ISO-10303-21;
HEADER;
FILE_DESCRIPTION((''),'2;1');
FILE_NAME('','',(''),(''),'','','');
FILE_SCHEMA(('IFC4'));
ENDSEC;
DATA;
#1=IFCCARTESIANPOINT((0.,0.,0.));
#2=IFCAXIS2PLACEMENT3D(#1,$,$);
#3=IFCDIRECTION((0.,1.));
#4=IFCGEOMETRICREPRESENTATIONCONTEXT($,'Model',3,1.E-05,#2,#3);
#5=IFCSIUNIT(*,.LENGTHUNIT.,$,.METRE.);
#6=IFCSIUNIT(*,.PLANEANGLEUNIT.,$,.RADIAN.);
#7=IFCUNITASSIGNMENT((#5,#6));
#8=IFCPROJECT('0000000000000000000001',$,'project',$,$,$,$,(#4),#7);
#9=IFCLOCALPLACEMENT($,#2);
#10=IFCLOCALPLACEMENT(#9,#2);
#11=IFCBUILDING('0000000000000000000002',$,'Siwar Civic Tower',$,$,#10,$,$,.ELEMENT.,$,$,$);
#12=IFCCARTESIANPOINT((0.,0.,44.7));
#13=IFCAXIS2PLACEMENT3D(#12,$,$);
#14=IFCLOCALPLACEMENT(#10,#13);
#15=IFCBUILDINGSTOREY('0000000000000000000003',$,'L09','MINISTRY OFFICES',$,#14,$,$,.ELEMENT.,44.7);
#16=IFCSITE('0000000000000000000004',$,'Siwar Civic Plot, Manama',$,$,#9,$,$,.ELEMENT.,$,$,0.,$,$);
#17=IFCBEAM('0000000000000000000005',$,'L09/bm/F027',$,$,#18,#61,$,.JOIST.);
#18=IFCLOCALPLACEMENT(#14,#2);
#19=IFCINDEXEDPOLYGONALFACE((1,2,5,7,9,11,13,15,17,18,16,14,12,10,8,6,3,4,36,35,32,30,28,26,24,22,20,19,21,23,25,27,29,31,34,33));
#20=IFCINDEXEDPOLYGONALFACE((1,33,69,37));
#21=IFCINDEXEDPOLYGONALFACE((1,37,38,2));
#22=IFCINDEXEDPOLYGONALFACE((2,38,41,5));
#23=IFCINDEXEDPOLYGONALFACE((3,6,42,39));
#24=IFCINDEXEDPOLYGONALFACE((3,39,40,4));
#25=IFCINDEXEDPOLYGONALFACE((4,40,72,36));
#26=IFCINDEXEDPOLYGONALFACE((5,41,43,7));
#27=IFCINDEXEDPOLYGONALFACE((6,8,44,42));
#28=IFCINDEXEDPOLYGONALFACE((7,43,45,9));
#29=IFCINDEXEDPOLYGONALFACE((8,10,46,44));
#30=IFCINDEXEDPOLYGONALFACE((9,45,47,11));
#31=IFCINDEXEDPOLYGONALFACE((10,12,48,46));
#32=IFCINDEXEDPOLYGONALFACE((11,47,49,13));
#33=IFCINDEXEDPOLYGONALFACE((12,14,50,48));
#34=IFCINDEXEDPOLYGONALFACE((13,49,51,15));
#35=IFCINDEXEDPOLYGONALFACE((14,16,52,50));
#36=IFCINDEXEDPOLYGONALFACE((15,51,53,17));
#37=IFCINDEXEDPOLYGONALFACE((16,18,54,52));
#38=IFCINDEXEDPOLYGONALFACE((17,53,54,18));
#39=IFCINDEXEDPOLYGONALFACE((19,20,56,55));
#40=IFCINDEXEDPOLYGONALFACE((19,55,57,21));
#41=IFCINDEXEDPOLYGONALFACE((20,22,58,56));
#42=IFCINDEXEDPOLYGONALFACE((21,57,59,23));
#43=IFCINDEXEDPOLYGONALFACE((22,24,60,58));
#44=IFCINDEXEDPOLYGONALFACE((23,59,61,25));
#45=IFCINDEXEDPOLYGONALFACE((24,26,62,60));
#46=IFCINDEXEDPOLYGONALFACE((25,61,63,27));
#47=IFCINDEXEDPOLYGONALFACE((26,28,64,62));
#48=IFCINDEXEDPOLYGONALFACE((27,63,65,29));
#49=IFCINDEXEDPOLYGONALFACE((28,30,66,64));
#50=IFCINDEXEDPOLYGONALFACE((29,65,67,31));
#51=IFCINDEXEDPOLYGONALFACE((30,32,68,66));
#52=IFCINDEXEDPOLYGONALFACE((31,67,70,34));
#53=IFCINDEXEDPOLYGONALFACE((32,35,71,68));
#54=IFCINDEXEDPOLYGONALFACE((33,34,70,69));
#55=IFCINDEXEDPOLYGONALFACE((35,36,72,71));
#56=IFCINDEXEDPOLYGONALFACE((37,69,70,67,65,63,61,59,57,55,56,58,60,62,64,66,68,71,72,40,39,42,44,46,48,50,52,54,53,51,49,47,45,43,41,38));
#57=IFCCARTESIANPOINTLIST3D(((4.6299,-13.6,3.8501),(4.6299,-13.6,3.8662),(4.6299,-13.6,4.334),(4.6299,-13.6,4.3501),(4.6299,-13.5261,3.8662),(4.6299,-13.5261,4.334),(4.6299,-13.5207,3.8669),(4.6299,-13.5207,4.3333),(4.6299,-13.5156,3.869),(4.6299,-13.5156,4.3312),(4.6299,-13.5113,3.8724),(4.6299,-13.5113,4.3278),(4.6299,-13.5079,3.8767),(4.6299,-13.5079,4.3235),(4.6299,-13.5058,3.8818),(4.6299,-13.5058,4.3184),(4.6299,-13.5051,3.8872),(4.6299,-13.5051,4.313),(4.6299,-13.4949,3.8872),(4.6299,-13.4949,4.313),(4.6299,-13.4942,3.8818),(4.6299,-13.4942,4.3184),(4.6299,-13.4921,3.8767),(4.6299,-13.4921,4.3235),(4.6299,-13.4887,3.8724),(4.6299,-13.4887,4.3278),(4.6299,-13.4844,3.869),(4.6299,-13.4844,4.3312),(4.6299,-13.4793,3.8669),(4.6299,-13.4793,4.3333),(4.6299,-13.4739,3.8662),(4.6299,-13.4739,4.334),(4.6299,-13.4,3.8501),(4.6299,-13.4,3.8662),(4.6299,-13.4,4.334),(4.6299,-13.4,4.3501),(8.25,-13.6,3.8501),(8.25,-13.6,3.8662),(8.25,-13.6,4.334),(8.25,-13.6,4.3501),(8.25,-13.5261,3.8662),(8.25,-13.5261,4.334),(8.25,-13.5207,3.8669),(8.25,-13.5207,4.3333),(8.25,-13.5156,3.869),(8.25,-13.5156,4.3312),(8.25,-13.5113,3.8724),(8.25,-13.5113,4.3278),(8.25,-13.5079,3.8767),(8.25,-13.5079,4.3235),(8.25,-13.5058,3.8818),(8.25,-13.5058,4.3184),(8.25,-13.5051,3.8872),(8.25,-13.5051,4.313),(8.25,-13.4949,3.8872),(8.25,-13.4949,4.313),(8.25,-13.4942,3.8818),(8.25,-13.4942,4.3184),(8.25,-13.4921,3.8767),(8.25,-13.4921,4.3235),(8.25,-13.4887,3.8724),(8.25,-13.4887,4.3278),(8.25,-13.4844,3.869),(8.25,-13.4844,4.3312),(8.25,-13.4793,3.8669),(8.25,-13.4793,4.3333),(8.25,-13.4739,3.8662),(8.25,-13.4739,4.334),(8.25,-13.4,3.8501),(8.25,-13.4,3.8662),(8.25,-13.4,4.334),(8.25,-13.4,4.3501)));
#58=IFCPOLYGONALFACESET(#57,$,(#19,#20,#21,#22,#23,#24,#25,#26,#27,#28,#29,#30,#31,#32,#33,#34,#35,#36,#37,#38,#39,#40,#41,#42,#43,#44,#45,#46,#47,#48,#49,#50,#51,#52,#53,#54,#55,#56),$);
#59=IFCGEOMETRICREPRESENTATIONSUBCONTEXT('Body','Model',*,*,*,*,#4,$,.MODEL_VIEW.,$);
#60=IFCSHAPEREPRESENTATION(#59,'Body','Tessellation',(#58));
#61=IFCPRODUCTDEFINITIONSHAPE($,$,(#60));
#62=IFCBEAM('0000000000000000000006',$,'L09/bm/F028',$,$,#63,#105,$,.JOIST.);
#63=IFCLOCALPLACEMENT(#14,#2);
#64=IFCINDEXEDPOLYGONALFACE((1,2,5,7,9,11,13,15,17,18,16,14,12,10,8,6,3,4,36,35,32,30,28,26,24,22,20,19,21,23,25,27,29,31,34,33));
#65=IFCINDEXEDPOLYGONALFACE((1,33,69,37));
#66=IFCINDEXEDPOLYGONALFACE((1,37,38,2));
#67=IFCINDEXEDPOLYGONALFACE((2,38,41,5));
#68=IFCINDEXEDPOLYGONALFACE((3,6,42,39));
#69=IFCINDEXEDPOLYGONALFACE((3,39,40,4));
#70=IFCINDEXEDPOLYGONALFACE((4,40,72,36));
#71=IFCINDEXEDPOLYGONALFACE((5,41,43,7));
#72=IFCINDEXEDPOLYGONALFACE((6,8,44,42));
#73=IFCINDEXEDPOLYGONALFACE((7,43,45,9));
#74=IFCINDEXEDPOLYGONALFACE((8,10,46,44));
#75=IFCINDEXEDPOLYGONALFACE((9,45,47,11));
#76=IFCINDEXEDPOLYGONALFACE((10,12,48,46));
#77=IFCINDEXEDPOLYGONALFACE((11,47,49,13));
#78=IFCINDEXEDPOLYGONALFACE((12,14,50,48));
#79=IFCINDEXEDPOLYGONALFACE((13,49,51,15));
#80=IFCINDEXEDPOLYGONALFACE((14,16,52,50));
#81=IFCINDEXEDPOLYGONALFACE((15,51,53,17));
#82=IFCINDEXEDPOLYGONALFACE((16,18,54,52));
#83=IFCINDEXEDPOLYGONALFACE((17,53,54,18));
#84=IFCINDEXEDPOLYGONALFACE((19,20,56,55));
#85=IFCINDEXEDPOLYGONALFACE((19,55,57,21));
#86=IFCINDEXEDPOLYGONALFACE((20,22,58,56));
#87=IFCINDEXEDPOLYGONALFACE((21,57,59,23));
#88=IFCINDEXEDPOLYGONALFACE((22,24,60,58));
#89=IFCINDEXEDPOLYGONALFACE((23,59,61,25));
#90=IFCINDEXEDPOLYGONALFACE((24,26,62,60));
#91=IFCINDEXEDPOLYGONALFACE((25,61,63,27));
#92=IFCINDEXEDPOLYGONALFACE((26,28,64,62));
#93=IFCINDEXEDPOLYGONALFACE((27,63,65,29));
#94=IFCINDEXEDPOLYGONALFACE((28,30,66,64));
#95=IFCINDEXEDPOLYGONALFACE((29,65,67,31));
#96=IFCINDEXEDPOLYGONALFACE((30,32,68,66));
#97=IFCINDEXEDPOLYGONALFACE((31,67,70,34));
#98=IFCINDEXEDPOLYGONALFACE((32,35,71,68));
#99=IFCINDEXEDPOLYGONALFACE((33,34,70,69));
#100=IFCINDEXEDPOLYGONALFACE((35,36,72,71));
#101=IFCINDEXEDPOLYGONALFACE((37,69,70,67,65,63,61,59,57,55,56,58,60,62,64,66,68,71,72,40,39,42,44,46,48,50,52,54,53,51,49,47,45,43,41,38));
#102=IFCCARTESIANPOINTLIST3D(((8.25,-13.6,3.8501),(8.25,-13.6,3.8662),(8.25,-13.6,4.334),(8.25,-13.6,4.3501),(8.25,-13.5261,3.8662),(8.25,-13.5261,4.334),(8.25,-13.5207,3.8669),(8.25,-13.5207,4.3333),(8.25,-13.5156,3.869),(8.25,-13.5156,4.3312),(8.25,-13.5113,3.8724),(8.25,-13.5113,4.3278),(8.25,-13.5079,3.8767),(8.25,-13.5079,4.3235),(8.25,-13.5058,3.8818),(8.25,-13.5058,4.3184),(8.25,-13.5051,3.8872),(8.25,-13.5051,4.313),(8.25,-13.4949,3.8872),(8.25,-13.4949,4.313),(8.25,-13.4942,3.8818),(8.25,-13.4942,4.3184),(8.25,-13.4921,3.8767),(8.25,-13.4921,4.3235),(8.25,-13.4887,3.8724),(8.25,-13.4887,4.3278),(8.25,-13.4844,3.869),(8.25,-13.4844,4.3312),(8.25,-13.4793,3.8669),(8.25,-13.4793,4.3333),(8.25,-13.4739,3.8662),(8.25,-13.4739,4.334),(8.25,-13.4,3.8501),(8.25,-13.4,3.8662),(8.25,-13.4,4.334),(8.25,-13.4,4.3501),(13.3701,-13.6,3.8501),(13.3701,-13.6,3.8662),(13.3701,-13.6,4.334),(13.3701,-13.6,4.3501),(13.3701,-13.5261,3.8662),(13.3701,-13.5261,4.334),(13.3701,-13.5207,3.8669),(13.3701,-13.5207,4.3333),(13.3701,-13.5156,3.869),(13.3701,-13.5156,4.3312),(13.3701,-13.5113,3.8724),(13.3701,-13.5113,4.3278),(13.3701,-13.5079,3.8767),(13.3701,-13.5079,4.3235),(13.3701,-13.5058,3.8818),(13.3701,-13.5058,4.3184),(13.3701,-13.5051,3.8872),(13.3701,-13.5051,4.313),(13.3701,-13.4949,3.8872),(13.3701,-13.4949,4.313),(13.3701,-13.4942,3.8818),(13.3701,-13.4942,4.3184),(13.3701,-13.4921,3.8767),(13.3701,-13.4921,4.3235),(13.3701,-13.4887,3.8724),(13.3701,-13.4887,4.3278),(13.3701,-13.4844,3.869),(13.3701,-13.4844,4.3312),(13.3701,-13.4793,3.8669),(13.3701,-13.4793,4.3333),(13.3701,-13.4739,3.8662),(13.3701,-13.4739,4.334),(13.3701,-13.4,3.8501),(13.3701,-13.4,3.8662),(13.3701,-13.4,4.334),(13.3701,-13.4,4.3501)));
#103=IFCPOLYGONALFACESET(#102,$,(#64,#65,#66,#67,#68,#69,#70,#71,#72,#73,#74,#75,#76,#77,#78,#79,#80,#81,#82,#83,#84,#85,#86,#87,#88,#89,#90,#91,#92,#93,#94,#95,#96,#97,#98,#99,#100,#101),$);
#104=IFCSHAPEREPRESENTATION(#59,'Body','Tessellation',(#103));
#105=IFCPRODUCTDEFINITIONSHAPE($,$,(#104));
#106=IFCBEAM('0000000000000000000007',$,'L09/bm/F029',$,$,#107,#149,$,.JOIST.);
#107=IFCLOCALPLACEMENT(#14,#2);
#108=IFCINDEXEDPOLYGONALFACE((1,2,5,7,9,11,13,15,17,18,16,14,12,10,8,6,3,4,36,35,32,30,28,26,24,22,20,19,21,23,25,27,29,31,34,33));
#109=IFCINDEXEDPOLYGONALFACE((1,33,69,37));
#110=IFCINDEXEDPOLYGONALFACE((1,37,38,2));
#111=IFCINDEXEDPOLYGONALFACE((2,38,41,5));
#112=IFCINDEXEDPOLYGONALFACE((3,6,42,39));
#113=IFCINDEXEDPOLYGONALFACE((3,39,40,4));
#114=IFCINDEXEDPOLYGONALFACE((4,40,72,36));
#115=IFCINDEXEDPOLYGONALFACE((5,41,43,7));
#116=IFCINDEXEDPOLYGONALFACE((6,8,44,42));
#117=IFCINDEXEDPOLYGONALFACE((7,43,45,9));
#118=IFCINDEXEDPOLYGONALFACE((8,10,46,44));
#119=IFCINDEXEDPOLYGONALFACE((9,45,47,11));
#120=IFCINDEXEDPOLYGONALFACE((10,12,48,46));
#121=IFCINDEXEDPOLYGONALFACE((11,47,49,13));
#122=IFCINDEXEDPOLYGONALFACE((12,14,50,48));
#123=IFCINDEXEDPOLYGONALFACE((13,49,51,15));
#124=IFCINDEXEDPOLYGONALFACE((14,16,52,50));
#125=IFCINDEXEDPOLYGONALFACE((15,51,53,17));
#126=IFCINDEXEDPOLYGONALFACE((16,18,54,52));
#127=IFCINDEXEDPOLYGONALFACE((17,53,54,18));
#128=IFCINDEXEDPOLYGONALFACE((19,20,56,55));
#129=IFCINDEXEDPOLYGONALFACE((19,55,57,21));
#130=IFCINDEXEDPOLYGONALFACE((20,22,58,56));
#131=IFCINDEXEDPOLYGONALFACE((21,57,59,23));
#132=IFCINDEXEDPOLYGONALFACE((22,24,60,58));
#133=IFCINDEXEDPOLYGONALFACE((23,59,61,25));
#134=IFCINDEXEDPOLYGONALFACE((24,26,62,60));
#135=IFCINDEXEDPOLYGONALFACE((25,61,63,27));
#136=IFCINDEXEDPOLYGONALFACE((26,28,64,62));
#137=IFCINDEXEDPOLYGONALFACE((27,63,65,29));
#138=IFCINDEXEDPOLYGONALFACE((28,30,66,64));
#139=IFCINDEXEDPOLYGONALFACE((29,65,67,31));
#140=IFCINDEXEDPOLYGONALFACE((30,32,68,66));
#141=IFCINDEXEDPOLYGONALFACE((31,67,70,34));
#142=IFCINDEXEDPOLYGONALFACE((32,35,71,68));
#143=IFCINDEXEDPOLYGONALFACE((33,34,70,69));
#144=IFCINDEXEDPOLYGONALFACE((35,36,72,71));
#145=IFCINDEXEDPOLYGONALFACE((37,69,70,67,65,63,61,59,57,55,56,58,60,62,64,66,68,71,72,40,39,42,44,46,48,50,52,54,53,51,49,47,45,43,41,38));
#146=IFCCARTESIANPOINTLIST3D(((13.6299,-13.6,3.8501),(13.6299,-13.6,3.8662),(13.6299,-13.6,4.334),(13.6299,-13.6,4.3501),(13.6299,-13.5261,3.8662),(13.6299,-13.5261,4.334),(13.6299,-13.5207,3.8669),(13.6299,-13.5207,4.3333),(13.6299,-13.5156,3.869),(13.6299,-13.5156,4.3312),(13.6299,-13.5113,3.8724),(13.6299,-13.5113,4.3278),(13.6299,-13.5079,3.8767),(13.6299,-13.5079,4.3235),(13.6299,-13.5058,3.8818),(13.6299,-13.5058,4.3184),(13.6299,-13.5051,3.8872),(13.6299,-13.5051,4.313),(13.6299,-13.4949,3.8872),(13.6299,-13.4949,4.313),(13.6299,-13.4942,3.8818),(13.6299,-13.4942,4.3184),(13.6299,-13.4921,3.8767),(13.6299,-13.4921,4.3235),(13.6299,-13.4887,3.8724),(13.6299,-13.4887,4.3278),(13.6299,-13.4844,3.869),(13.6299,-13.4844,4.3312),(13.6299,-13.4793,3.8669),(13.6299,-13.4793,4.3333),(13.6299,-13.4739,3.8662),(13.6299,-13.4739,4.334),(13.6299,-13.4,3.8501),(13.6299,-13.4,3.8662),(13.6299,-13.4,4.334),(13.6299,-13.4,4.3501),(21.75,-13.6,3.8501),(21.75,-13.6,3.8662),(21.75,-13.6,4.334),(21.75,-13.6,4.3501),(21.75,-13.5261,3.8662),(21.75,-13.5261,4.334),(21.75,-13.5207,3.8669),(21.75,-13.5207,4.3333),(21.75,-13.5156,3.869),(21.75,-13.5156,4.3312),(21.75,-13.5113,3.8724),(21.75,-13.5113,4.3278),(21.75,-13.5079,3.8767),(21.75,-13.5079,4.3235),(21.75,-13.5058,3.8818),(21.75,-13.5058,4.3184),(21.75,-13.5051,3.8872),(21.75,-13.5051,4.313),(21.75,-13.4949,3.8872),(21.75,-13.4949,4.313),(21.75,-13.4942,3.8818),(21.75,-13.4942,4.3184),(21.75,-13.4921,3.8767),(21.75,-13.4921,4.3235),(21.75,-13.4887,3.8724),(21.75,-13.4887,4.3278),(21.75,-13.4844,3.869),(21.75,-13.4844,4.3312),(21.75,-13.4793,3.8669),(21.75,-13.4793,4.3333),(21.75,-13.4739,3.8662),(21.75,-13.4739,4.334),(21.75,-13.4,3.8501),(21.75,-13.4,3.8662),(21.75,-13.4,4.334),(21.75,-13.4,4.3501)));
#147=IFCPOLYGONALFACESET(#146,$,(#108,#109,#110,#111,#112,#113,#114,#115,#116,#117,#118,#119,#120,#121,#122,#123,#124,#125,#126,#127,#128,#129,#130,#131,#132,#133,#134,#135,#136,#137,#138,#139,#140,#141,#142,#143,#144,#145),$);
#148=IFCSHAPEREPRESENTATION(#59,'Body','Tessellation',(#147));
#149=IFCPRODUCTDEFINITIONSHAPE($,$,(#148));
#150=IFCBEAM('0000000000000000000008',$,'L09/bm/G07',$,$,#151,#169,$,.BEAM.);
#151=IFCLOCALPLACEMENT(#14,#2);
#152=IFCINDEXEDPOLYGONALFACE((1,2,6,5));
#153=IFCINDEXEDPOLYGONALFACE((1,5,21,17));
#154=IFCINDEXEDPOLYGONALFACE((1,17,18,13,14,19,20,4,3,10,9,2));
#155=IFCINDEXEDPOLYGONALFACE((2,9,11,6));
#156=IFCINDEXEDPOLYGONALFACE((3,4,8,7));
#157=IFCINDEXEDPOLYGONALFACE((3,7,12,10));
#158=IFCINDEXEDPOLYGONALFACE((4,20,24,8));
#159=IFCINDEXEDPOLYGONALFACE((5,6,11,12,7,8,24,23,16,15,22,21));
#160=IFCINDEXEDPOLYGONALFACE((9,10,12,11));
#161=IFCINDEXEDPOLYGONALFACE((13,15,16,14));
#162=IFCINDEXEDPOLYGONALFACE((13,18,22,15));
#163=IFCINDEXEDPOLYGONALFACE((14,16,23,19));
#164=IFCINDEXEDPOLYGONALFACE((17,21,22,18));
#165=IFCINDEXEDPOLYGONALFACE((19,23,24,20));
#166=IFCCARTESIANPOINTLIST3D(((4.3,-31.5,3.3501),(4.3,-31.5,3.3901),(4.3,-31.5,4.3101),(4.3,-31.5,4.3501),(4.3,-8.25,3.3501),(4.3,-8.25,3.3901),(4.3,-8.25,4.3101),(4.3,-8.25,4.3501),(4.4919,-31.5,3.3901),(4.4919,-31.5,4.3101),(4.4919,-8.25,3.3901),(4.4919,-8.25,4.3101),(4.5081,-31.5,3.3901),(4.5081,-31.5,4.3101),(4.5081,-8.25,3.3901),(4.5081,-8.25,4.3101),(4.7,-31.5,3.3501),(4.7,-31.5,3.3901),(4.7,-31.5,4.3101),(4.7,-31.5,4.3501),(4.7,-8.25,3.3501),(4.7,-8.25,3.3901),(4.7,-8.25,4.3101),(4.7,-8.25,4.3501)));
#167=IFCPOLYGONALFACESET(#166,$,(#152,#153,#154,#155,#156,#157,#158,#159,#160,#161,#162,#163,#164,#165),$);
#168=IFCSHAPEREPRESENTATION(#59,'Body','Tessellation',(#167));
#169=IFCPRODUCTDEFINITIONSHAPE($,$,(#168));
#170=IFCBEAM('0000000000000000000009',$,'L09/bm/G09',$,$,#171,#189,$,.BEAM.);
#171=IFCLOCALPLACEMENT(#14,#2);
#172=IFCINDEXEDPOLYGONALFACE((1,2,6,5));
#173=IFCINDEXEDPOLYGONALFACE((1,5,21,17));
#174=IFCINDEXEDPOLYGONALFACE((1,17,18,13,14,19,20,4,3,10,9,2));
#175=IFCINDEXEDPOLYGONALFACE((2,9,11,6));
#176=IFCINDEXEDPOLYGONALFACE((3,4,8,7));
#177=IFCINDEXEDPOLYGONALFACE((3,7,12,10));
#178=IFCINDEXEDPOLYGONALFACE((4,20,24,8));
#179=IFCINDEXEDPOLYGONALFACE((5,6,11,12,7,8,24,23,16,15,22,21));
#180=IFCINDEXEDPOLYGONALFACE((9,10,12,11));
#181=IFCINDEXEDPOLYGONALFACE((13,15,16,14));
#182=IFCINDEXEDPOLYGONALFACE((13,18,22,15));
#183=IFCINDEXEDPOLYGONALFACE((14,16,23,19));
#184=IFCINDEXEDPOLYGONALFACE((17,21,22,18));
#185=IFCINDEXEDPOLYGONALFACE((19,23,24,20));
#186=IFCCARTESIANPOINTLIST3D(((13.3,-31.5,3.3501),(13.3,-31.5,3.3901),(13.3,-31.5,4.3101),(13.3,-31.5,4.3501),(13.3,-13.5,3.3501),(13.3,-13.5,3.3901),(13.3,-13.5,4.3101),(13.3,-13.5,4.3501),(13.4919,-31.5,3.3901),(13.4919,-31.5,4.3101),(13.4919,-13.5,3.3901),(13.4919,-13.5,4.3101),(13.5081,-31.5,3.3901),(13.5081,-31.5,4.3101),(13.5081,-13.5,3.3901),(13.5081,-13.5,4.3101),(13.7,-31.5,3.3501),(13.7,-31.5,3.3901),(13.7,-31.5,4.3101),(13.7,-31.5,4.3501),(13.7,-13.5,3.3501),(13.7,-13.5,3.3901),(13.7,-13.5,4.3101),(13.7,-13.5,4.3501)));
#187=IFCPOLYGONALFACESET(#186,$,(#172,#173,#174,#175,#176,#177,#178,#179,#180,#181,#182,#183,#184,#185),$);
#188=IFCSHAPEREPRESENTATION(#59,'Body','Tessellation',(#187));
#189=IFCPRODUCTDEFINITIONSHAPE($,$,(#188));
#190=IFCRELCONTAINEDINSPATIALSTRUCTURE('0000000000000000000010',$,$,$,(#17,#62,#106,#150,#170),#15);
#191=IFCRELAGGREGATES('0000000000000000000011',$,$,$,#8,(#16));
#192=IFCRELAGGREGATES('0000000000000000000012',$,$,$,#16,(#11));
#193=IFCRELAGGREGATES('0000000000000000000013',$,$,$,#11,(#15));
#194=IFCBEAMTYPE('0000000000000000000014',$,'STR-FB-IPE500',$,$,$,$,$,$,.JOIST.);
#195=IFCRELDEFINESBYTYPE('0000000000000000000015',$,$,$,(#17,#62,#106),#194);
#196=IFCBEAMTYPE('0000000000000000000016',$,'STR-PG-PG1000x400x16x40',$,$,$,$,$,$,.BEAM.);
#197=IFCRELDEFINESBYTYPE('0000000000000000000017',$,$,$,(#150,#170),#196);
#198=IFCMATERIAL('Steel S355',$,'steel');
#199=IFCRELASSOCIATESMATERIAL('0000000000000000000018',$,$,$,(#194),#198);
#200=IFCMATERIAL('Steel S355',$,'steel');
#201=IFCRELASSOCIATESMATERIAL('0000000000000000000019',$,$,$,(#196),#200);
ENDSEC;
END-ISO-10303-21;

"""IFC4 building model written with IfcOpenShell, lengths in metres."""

from ifc_helpers import new_model, si_unit, direction, frame, origin, origin_2d, place, context, subcontext, project, spatial, i_section, extrude, material, material_profile, profile_set, type_object, element, save


model = new_model("IFC4")

# Units and contexts
model_context = context("Model", 3, precision=1e-05, world=origin(), true_north=direction((0.0, 1.0)))
body_context = subcontext(model_context, "Body", "Model", "MODEL_VIEW")
ifc_project = project(units=[si_unit("LENGTHUNIT", "METRE"), si_unit("PLANEANGLEUNIT", "RADIAN")], contexts=[model_context])

# Site, building, storey
site_placement = place(None, origin())
site = spatial("IfcSite", under=ifc_project, at=site_placement, Name="Siwar Civic Plot, Manama", CompositionType="ELEMENT", RefElevation=0.0)
building_placement = place(site_placement, origin())
building = spatial("IfcBuilding", under=site, at=building_placement, Name="Siwar Civic Tower", CompositionType="ELEMENT")
storey_placement = place(building_placement, frame((0.0, 0.0, 44.7)))
storey = spatial("IfcBuildingStorey", under=building, at=storey_placement, Name="L09", Description="MINISTRY OFFICES", CompositionType="ELEMENT", Elevation=44.7)

# Beams
ifc_material_1 = material(Name="Steel S355", Category="steel")
ifc_material_profile_1 = material_profile(ifc_material_1, i_section(OverallWidth=0.2, OverallDepth=0.5, WebThickness=0.0103, FlangeThickness=0.0161, FilletRadius=0.021, at=origin_2d()), Name="IPE500")
ifc_profile_set_1 = profile_set([ifc_material_profile_1], Name="Steel S355")
beam_type_1 = type_object("IfcBeamType", Name="STR-FB-IPE500", PredefinedType="JOIST", material=ifc_profile_set_1)
beam_1_placement = place(storey_placement, frame((4.6299, -13.5, 4.1001), z_axis=(1.0, 0.0, 0.0), x_axis=(0.0, 1.0, 0.0)))
element("IfcBeam", 1, at=beam_1_placement, inside=storey, type_object=beam_type_1, Name="L09/bm/F027", PredefinedType="JOIST", context=body_context, shape_type="SweptSolid", body=[
    extrude(i_section(OverallWidth=0.2, OverallDepth=0.5, WebThickness=0.0103, FlangeThickness=0.0161, FilletRadius=0.021, at=origin_2d()), origin(), (0.0, 0.0, 1.0), 3.6201),
])
beam_2_placement = place(storey_placement, frame((8.25, -13.5, 4.1001), z_axis=(1.0, 0.0, 0.0), x_axis=(0.0, 1.0, 0.0)))
element("IfcBeam", 2, at=beam_2_placement, inside=storey, type_object=beam_type_1, Name="L09/bm/F028", PredefinedType="JOIST", context=body_context, shape_type="SweptSolid", body=[
    extrude(i_section(OverallWidth=0.2, OverallDepth=0.5, WebThickness=0.0103, FlangeThickness=0.0161, FilletRadius=0.021, at=origin_2d()), origin(), (0.0, 0.0, 1.0), 5.1201),
])
beam_3_placement = place(storey_placement, frame((13.6299, -13.5, 4.1001), z_axis=(1.0, 0.0, 0.0), x_axis=(0.0, 1.0, 0.0)))
element("IfcBeam", 3, at=beam_3_placement, inside=storey, type_object=beam_type_1, Name="L09/bm/F029", PredefinedType="JOIST", context=body_context, shape_type="SweptSolid", body=[
    extrude(i_section(OverallWidth=0.2, OverallDepth=0.5, WebThickness=0.0103, FlangeThickness=0.0161, FilletRadius=0.021, at=origin_2d()), origin(), (0.0, 0.0, 1.0), 8.1201),
])
ifc_material_2 = material(Name="Steel S355", Category="steel")
ifc_material_profile_2 = material_profile(ifc_material_2, i_section(OverallWidth=0.3999, OverallDepth=1.0, WebThickness=0.0161, FlangeThickness=0.04, at=origin_2d()), Name="PG1000x400x16x40")
ifc_profile_set_2 = profile_set([ifc_material_profile_2], Name="Steel S355")
beam_type_2 = type_object("IfcBeamType", Name="STR-PG-PG1000x400x16x40", PredefinedType="BEAM", material=ifc_profile_set_2)
beam_4_placement = place(storey_placement, frame((4.5, -31.5, 3.8501), z_axis=(0.0, 1.0, 0.0), x_axis=(-1.0, 0.0, 0.0)))
element("IfcBeam", 4, at=beam_4_placement, inside=storey, type_object=beam_type_2, Name="L09/bm/G07", PredefinedType="BEAM", context=body_context, shape_type="SweptSolid", body=[
    extrude(i_section(OverallWidth=0.3999, OverallDepth=1.0, WebThickness=0.0161, FlangeThickness=0.04, at=origin_2d()), origin(), (0.0, 0.0, 1.0), 23.25),
])
beam_5_placement = place(storey_placement, frame((13.5, -31.5, 3.8501), z_axis=(0.0, 1.0, 0.0), x_axis=(-1.0, 0.0, 0.0)))
element("IfcBeam", 5, at=beam_5_placement, inside=storey, type_object=beam_type_2, Name="L09/bm/G09", PredefinedType="BEAM", context=body_context, shape_type="SweptSolid", body=[
    extrude(i_section(OverallWidth=0.3999, OverallDepth=1.0, WebThickness=0.0161, FlangeThickness=0.04, at=origin_2d()), origin(), (0.0, 0.0, 1.0), 18.0),
])

save(model, "model.ifc")
